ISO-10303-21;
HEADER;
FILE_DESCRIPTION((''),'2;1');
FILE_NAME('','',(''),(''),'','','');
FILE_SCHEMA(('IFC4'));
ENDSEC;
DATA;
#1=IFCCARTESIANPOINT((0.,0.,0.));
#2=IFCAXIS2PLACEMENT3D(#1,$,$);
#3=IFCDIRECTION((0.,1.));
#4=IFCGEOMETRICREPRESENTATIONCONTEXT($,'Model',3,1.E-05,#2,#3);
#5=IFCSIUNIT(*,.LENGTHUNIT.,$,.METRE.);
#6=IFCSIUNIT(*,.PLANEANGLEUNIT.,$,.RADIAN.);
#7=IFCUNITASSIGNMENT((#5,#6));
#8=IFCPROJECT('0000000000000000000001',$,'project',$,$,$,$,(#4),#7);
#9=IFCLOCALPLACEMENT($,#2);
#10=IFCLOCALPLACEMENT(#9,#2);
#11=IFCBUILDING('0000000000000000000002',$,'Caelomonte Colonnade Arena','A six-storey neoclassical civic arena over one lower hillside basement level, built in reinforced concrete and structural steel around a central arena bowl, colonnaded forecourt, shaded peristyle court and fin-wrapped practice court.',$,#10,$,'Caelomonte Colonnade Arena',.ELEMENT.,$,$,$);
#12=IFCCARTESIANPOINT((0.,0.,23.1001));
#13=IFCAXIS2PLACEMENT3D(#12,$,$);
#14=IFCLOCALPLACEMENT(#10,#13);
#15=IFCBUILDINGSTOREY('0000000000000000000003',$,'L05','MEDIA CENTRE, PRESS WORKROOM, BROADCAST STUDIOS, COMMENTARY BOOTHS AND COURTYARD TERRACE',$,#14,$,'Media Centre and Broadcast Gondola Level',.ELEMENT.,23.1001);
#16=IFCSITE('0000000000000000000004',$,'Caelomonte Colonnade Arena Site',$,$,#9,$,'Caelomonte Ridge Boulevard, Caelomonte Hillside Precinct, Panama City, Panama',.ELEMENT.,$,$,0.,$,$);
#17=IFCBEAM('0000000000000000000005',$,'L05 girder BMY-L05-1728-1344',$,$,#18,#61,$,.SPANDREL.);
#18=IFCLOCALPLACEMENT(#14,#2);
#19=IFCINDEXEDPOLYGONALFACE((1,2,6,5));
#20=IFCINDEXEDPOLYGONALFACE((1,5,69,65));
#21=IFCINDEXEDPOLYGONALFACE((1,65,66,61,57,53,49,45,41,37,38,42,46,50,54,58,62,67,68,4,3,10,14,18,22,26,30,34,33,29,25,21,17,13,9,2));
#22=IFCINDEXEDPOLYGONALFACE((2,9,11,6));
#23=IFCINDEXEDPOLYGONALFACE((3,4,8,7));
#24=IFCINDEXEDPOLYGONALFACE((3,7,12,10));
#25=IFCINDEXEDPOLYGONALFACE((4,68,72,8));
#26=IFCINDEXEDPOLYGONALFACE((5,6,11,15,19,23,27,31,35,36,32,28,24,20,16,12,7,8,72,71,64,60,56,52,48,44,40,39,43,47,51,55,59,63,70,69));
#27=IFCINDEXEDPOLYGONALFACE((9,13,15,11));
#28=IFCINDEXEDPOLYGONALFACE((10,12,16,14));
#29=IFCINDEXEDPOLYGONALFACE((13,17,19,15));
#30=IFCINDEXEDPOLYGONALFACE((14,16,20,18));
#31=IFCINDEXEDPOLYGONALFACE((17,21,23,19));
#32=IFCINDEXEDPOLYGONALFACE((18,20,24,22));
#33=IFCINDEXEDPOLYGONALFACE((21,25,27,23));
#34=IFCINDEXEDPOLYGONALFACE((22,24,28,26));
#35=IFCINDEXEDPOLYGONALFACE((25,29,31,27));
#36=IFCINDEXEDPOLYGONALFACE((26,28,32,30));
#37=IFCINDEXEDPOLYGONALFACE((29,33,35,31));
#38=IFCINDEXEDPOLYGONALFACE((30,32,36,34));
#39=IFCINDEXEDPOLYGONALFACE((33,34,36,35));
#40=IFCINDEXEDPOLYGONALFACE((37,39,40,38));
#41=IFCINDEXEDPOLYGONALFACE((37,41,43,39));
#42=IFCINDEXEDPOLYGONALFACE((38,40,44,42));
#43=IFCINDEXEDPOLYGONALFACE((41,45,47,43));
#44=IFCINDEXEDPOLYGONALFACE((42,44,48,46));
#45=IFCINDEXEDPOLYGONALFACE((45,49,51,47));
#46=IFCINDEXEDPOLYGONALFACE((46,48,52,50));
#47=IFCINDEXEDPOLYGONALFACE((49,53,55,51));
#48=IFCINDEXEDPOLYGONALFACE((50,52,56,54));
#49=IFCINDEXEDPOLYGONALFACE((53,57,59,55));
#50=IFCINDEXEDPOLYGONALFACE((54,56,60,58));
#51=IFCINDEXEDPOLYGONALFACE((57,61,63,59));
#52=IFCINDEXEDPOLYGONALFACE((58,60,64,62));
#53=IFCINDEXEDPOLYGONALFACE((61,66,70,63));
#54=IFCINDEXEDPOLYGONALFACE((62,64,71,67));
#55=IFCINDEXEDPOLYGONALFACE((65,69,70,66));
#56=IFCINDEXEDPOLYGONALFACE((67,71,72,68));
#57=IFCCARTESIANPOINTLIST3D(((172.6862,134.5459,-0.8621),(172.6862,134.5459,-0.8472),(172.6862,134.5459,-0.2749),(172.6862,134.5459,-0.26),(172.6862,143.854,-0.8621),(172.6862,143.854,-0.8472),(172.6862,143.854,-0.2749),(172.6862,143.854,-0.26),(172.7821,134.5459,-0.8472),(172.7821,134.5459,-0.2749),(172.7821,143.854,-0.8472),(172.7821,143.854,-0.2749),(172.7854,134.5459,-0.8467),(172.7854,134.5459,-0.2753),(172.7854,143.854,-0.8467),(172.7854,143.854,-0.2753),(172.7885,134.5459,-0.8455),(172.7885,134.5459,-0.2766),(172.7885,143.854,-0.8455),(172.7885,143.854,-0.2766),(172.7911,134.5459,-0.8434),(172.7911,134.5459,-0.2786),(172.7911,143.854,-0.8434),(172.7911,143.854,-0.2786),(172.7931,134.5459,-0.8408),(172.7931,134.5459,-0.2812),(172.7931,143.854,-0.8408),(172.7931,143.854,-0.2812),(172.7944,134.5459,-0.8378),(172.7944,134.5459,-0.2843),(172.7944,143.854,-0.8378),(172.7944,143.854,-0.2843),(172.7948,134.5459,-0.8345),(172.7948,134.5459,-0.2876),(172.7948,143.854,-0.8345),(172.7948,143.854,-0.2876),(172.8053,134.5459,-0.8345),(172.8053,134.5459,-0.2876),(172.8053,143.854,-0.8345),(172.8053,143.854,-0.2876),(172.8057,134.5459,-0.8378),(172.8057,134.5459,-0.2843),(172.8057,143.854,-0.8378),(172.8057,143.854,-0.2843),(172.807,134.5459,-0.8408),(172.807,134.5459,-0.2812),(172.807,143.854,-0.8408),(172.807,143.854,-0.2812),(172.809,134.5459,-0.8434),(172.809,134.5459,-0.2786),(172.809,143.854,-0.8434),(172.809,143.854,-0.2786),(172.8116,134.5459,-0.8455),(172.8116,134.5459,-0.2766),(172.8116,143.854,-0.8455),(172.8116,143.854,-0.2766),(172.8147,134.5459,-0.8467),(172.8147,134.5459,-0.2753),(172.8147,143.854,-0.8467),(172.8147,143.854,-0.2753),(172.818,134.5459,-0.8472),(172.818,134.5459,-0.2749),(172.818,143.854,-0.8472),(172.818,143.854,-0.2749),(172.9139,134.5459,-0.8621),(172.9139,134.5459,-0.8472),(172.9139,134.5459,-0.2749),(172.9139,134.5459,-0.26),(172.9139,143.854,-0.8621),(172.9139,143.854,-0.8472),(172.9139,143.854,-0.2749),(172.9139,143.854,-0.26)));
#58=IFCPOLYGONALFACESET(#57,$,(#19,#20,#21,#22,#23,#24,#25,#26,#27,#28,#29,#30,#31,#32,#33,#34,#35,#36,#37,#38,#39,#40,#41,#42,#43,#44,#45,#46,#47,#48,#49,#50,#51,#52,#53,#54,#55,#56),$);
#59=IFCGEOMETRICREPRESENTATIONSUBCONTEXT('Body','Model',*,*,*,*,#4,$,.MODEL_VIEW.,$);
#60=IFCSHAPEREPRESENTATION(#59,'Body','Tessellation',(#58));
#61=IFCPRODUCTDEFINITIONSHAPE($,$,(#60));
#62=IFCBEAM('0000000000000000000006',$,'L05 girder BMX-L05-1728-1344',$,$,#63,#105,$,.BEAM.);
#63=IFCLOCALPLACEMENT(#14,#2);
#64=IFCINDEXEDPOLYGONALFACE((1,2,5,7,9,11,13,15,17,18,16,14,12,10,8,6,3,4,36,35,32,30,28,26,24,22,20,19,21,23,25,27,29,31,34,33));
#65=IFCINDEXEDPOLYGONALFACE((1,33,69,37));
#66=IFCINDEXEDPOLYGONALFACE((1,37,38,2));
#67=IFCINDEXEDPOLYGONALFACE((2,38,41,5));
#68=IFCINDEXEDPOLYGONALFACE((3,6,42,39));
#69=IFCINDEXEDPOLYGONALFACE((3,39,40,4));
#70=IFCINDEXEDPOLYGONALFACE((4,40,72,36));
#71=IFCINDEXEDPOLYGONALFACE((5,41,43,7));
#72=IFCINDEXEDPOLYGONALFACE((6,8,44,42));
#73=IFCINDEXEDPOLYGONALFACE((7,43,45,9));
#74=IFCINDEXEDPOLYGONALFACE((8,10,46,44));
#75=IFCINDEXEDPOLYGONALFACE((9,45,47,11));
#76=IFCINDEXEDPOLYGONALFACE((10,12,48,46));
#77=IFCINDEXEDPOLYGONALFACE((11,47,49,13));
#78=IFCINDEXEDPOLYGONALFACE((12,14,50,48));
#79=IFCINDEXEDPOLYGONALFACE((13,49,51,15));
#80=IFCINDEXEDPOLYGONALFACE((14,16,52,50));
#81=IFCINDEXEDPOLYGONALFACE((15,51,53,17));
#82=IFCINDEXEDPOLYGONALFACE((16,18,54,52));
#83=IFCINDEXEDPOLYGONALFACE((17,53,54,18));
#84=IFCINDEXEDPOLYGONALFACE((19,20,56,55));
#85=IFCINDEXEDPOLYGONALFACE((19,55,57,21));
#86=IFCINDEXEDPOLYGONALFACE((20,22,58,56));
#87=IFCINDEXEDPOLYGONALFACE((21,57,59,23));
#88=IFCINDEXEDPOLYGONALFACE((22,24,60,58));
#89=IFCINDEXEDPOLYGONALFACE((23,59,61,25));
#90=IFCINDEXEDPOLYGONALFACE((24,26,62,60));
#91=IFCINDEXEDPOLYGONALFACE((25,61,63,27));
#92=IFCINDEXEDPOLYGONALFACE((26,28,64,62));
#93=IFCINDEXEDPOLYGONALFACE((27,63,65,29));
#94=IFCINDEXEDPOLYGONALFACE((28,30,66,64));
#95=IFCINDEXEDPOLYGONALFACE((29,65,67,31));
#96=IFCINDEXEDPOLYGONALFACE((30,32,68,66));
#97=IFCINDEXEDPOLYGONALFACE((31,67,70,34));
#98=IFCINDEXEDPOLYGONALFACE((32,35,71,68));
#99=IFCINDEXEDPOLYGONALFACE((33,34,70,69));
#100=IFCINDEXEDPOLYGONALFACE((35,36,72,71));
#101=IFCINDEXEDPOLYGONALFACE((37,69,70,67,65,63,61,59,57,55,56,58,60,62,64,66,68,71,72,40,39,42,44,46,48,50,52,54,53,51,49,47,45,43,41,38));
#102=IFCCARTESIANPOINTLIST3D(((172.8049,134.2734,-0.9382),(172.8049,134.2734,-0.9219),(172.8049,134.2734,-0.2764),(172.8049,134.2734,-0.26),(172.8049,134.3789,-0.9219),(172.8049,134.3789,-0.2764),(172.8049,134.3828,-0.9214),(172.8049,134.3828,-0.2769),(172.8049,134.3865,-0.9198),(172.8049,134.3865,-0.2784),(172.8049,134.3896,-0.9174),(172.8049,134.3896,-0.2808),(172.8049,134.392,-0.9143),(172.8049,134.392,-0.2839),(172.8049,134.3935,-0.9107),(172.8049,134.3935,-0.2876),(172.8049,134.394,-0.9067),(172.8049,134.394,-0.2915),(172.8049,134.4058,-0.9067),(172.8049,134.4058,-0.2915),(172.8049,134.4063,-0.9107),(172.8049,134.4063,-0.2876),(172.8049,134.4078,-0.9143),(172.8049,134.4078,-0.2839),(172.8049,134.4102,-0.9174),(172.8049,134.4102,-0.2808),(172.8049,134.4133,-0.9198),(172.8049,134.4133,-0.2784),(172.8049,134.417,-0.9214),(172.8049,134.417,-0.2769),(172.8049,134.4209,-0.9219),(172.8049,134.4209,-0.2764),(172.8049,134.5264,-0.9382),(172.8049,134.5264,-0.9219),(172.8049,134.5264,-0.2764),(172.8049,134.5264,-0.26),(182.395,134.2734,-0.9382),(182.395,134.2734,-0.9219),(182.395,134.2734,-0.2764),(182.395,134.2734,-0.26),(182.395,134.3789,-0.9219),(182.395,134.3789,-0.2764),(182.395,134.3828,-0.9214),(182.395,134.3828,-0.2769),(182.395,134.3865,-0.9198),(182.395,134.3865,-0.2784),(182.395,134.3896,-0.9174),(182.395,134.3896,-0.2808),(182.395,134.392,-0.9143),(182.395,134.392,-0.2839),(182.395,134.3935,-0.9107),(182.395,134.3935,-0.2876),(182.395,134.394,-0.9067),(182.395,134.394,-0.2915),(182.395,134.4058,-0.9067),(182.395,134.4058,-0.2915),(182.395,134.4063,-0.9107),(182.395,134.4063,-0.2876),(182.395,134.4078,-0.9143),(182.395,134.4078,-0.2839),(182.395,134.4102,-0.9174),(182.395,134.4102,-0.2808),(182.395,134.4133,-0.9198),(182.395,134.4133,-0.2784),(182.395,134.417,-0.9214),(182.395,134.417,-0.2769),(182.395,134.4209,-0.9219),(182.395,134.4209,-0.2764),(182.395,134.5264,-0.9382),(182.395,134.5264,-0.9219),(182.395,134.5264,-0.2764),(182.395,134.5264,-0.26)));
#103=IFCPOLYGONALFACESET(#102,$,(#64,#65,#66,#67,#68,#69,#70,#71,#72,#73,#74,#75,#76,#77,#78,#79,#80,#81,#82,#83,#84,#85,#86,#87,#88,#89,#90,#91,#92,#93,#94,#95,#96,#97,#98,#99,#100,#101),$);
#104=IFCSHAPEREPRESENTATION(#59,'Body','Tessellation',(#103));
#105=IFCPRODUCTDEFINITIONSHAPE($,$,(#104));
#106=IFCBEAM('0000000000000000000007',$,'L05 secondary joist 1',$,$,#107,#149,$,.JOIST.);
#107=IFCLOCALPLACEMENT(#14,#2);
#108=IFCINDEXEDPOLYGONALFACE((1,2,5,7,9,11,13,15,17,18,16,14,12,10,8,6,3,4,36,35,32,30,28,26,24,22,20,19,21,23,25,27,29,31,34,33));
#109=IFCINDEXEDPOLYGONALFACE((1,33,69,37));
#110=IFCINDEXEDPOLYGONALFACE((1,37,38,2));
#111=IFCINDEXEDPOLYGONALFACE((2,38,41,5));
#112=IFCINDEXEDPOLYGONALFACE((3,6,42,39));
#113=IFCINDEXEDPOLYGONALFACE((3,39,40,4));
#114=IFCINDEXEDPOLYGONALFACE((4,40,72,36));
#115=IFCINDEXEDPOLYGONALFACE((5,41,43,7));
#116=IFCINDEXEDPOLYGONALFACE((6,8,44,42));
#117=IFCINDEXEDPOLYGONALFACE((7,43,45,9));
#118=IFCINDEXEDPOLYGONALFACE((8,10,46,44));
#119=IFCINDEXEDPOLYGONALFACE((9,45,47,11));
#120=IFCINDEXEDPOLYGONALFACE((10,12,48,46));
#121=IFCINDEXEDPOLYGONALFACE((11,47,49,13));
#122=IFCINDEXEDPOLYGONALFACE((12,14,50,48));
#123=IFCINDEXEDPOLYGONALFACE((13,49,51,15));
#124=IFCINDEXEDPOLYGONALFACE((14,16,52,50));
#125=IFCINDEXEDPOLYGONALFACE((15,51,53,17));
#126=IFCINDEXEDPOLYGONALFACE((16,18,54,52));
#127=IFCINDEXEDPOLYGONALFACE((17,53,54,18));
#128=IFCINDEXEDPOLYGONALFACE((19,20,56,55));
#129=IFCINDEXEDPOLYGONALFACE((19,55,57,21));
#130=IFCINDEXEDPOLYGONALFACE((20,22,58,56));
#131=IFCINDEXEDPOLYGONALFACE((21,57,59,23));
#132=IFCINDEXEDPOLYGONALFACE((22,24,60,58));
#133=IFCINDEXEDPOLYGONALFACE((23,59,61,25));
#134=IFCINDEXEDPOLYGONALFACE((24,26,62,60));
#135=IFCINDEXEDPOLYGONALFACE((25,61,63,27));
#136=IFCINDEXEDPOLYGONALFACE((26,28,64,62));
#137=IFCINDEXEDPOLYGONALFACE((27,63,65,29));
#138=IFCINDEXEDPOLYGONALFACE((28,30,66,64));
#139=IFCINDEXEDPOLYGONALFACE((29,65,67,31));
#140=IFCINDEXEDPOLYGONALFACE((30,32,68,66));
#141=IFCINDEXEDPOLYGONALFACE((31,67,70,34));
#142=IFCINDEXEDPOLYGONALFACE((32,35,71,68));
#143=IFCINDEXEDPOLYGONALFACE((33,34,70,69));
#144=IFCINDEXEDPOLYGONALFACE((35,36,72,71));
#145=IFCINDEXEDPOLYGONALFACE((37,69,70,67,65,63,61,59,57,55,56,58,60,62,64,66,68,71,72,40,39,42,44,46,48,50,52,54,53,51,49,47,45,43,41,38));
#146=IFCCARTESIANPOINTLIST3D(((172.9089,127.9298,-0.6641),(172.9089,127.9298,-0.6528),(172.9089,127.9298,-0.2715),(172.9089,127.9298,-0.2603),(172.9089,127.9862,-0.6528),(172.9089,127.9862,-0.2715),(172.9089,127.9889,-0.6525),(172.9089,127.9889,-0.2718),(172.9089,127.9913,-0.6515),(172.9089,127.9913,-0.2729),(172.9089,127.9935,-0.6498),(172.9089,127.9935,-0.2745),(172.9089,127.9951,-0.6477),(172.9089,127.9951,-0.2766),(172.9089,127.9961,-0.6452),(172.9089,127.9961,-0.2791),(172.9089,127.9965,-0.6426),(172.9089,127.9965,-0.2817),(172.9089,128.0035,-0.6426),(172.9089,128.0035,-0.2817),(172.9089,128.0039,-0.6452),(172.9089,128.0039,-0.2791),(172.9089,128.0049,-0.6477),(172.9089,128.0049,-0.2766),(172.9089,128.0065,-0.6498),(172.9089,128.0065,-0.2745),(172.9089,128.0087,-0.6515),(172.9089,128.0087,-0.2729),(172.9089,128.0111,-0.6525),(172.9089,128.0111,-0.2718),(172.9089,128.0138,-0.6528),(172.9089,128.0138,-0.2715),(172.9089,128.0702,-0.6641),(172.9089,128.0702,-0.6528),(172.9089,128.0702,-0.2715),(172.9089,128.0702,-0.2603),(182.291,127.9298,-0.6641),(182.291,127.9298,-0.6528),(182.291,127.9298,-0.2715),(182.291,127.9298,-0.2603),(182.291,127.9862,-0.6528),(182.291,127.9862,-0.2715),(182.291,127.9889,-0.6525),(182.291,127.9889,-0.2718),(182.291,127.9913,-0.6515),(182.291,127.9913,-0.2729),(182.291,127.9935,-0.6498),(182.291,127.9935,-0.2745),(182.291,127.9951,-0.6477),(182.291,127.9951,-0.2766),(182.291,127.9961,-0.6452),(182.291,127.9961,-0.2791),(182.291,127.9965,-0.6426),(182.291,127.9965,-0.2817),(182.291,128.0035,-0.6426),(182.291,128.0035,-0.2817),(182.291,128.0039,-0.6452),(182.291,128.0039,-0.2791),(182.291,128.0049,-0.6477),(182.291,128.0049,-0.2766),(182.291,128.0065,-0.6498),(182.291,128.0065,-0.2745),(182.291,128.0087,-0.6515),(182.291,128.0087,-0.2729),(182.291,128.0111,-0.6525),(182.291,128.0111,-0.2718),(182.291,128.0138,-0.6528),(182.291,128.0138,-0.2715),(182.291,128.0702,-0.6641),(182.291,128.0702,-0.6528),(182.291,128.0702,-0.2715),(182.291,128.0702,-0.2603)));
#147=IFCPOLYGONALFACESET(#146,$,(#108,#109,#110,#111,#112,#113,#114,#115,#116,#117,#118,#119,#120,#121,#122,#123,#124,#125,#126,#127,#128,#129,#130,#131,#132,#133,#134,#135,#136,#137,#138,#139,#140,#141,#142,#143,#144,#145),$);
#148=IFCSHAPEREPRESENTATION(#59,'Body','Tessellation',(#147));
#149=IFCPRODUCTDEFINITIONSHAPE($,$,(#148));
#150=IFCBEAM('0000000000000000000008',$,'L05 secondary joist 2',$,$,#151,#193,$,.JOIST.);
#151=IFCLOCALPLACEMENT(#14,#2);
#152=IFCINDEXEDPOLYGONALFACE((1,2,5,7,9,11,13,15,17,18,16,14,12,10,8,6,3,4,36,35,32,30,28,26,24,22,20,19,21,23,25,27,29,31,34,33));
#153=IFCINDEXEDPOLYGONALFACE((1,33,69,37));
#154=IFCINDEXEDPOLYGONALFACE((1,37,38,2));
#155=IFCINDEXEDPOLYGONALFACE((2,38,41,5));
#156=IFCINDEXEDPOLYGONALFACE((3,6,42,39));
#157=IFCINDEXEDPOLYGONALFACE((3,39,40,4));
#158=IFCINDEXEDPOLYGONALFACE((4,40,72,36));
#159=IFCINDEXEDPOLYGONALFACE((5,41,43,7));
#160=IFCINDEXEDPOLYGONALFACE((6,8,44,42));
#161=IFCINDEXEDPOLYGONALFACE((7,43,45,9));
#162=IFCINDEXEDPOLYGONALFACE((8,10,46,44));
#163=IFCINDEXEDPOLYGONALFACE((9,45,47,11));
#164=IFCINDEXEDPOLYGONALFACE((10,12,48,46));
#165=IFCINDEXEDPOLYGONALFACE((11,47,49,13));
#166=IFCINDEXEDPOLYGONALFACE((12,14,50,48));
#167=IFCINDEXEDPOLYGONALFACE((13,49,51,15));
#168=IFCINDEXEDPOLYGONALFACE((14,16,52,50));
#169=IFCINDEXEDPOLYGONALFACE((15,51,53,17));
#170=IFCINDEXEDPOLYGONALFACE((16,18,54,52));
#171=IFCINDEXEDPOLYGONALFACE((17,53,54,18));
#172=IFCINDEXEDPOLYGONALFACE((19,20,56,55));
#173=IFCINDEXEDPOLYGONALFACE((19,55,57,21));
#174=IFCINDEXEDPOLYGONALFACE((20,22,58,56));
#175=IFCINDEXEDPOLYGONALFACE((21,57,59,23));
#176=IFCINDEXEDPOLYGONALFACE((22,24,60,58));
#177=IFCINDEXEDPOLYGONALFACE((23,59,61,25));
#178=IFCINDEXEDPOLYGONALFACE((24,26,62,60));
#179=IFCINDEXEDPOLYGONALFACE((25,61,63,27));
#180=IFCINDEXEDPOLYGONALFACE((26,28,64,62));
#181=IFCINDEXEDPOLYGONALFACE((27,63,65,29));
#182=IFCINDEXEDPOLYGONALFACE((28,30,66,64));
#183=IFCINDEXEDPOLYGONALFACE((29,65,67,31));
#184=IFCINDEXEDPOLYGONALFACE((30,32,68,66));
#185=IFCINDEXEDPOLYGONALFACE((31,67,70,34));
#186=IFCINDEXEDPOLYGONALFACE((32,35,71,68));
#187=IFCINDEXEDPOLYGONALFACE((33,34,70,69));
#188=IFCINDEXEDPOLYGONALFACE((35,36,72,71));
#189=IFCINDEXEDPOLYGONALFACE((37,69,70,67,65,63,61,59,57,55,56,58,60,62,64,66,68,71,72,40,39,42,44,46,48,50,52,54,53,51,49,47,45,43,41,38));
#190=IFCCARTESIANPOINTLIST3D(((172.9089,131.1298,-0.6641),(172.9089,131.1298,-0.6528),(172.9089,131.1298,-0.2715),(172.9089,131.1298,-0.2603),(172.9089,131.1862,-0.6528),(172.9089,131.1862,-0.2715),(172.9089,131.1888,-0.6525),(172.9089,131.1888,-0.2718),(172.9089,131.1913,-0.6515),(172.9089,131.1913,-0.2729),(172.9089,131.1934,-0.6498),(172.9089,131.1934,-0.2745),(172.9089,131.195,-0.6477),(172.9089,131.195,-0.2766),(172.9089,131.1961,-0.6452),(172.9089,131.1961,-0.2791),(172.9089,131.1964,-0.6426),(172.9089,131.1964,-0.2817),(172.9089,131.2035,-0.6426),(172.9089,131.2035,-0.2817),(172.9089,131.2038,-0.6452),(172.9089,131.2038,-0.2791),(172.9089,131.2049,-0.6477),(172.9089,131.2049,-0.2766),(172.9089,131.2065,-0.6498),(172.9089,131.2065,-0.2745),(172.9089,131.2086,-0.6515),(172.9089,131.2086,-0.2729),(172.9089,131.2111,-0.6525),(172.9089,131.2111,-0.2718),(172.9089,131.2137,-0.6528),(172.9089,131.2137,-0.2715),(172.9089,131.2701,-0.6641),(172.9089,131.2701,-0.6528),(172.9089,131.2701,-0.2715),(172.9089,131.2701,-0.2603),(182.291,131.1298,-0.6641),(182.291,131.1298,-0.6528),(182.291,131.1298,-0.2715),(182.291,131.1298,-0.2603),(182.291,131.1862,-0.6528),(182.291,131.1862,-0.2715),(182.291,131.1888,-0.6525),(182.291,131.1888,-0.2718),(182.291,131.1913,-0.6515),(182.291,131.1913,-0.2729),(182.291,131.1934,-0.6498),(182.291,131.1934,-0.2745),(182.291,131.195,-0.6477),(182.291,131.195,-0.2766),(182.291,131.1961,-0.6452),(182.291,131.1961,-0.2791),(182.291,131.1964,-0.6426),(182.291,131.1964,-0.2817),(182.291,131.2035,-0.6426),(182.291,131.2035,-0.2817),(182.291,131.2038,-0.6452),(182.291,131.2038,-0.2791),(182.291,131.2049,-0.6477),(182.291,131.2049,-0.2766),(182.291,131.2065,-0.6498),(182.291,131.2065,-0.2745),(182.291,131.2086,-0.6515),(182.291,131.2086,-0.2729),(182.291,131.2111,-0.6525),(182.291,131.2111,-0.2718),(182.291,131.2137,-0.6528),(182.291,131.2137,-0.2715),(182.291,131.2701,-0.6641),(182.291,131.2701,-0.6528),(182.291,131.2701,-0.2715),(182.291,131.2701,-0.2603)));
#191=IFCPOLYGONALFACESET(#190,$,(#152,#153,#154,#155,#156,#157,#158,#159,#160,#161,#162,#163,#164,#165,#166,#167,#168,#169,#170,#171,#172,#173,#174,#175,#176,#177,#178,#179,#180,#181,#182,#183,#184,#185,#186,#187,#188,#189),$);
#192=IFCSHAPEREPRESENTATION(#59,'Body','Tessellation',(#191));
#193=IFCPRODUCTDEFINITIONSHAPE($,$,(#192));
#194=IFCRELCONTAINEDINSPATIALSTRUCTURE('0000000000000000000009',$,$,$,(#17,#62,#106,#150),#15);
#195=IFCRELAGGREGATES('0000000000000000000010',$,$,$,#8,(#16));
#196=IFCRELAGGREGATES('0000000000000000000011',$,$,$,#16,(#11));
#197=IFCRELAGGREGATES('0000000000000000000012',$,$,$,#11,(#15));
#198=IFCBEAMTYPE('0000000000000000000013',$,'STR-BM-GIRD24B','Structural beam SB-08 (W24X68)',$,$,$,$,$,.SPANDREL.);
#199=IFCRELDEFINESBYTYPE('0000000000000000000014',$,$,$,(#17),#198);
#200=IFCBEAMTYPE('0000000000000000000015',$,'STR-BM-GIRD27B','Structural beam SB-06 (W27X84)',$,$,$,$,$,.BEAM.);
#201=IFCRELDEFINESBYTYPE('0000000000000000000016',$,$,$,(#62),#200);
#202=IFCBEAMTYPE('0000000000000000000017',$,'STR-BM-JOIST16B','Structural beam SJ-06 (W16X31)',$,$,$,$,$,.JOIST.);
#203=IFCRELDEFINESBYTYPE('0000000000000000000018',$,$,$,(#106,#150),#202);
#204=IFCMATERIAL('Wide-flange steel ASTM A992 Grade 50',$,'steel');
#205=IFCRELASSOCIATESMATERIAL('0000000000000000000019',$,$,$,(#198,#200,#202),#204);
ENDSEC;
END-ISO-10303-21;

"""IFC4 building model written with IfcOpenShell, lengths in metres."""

from ifc_helpers import new_model, si_unit, direction, frame, origin, origin_2d, place, context, subcontext, project, spatial, i_section, extrude, material, material_profile, profile_set, type_object, element, save


model = new_model("IFC4")

# Units and contexts
model_context = context("Model", 3, precision=1e-05, world=origin(), true_north=direction((0.0, 1.0)))
body_context = subcontext(model_context, "Body", "Model", "MODEL_VIEW")
ifc_project = project(units=[si_unit("LENGTHUNIT", "METRE"), si_unit("PLANEANGLEUNIT", "RADIAN")], contexts=[model_context])

# Site, building, storey
site_placement = place(None, origin())
site = spatial("IfcSite", under=ifc_project, at=site_placement, Name="Caelomonte Colonnade Arena Site", LongName="Caelomonte Ridge Boulevard, Caelomonte Hillside Precinct, Panama City, Panama", CompositionType="ELEMENT", RefElevation=0.0)
building_placement = place(site_placement, origin())
building = spatial("IfcBuilding", under=site, at=building_placement, Name="Caelomonte Colonnade Arena", Description="A six-storey neoclassical civic arena over one lower hillside basement level, built in reinforced concrete and structural steel around a central arena bowl, colonnaded forecourt, shaded peristyle court and fin-wrapped practice court.", LongName="Caelomonte Colonnade Arena", CompositionType="ELEMENT")
storey_placement = place(building_placement, frame((0.0, 0.0, 23.1001)))
storey = spatial("IfcBuildingStorey", under=building, at=storey_placement, Name="L05", Description="MEDIA CENTRE, PRESS WORKROOM, BROADCAST STUDIOS, COMMENTARY BOOTHS AND COURTYARD TERRACE", LongName="Media Centre and Broadcast Gondola Level", CompositionType="ELEMENT", Elevation=23.1001)

# Shared definitions
ifc_material_1 = material(Name="Wide-flange steel ASTM A992 Grade 50", Category="steel")

# Beams
ifc_material_profile_1 = material_profile(ifc_material_1, i_section(OverallWidth=0.2278, OverallDepth=0.6021, WebThickness=0.0105, FlangeThickness=0.0149, FilletRadius=0.0127, at=origin_2d()), Name="W24X68")
ifc_profile_set_1 = profile_set([ifc_material_profile_1], Name="Wide-flange steel ASTM A992 Grade 50")
beam_type_1 = type_object("IfcBeamType", Name="STR-BM-GIRD24B", Description="Structural beam SB-08 (W24X68)", PredefinedType="SPANDREL", material=ifc_profile_set_1)
beam_1_placement = place(storey_placement, frame((172.8, 134.5459, -0.561), z_axis=(0.0, 1.0, 0.0), x_axis=(-1.0, 0.0, 0.0)))
element("IfcBeam", 1, at=beam_1_placement, inside=storey, type_object=beam_type_1, Name="L05 girder BMY-L05-1728-1344", PredefinedType="SPANDREL", context=body_context, shape_type="SweptSolid", body=[
    extrude(i_section(OverallWidth=0.2278, OverallDepth=0.6021, WebThickness=0.0105, FlangeThickness=0.0149, FilletRadius=0.0127, at=origin_2d()), origin(), (0.0, 0.0, 1.0), 9.3081),
])
ifc_material_profile_2 = material_profile(ifc_material_1, i_section(OverallWidth=0.2529, OverallDepth=0.6782, WebThickness=0.0117, FlangeThickness=0.0164, FilletRadius=0.0151, at=origin_2d()), Name="W27X84")
ifc_profile_set_2 = profile_set([ifc_material_profile_2], Name="Wide-flange steel ASTM A992 Grade 50")
beam_type_2 = type_object("IfcBeamType", Name="STR-BM-GIRD27B", Description="Structural beam SB-06 (W27X84)", PredefinedType="BEAM", material=ifc_profile_set_2)
beam_2_placement = place(storey_placement, frame((172.8049, 134.3999, -0.5991), z_axis=(1.0, 0.0, 0.0), x_axis=(0.0, 1.0, 0.0)))
element("IfcBeam", 2, at=beam_2_placement, inside=storey, type_object=beam_type_2, Name="L05 girder BMX-L05-1728-1344", PredefinedType="BEAM", context=body_context, shape_type="SweptSolid", body=[
    extrude(i_section(OverallWidth=0.2529, OverallDepth=0.6782, WebThickness=0.0117, FlangeThickness=0.0164, FilletRadius=0.0151, at=origin_2d()), origin(), (0.0, 0.0, 1.0), 9.5901),
])
ifc_material_profile_3 = material_profile(ifc_material_1, i_section(OverallWidth=0.1404, OverallDepth=0.4038, WebThickness=0.0071, FlangeThickness=0.0112, FilletRadius=0.0103, at=origin_2d()), Name="W16X31")
ifc_profile_set_3 = profile_set([ifc_material_profile_3], Name="Wide-flange steel ASTM A992 Grade 50")
beam_type_3 = type_object("IfcBeamType", Name="STR-BM-JOIST16B", Description="Structural beam SJ-06 (W16X31)", PredefinedType="JOIST", material=ifc_profile_set_3)
for number, where, z_axis, x_axis, name in (
    (3, (172.9089, 128.0, -0.4622), (1.0, 0.0, 0.0), (0.0, 1.0, 0.0), "L05 secondary joist 1"),
    (4, (172.9089, 131.2, -0.4622), (1.0, 0.0, 0.0), (0.0, 1.0, 0.0), "L05 secondary joist 2"),
):
    element("IfcBeam", number, at=place(storey_placement, frame(where, z_axis=z_axis, x_axis=x_axis)), inside=storey, type_object=beam_type_3, Name=name, PredefinedType="JOIST", context=body_context, shape_type="SweptSolid", body=[
        extrude(i_section(OverallWidth=0.1404, OverallDepth=0.4038, WebThickness=0.0071, FlangeThickness=0.0112, FilletRadius=0.0103, at=origin_2d()), origin(), (0.0, 0.0, 1.0), 9.3821),
    ])

save(model, "model.ifc")
